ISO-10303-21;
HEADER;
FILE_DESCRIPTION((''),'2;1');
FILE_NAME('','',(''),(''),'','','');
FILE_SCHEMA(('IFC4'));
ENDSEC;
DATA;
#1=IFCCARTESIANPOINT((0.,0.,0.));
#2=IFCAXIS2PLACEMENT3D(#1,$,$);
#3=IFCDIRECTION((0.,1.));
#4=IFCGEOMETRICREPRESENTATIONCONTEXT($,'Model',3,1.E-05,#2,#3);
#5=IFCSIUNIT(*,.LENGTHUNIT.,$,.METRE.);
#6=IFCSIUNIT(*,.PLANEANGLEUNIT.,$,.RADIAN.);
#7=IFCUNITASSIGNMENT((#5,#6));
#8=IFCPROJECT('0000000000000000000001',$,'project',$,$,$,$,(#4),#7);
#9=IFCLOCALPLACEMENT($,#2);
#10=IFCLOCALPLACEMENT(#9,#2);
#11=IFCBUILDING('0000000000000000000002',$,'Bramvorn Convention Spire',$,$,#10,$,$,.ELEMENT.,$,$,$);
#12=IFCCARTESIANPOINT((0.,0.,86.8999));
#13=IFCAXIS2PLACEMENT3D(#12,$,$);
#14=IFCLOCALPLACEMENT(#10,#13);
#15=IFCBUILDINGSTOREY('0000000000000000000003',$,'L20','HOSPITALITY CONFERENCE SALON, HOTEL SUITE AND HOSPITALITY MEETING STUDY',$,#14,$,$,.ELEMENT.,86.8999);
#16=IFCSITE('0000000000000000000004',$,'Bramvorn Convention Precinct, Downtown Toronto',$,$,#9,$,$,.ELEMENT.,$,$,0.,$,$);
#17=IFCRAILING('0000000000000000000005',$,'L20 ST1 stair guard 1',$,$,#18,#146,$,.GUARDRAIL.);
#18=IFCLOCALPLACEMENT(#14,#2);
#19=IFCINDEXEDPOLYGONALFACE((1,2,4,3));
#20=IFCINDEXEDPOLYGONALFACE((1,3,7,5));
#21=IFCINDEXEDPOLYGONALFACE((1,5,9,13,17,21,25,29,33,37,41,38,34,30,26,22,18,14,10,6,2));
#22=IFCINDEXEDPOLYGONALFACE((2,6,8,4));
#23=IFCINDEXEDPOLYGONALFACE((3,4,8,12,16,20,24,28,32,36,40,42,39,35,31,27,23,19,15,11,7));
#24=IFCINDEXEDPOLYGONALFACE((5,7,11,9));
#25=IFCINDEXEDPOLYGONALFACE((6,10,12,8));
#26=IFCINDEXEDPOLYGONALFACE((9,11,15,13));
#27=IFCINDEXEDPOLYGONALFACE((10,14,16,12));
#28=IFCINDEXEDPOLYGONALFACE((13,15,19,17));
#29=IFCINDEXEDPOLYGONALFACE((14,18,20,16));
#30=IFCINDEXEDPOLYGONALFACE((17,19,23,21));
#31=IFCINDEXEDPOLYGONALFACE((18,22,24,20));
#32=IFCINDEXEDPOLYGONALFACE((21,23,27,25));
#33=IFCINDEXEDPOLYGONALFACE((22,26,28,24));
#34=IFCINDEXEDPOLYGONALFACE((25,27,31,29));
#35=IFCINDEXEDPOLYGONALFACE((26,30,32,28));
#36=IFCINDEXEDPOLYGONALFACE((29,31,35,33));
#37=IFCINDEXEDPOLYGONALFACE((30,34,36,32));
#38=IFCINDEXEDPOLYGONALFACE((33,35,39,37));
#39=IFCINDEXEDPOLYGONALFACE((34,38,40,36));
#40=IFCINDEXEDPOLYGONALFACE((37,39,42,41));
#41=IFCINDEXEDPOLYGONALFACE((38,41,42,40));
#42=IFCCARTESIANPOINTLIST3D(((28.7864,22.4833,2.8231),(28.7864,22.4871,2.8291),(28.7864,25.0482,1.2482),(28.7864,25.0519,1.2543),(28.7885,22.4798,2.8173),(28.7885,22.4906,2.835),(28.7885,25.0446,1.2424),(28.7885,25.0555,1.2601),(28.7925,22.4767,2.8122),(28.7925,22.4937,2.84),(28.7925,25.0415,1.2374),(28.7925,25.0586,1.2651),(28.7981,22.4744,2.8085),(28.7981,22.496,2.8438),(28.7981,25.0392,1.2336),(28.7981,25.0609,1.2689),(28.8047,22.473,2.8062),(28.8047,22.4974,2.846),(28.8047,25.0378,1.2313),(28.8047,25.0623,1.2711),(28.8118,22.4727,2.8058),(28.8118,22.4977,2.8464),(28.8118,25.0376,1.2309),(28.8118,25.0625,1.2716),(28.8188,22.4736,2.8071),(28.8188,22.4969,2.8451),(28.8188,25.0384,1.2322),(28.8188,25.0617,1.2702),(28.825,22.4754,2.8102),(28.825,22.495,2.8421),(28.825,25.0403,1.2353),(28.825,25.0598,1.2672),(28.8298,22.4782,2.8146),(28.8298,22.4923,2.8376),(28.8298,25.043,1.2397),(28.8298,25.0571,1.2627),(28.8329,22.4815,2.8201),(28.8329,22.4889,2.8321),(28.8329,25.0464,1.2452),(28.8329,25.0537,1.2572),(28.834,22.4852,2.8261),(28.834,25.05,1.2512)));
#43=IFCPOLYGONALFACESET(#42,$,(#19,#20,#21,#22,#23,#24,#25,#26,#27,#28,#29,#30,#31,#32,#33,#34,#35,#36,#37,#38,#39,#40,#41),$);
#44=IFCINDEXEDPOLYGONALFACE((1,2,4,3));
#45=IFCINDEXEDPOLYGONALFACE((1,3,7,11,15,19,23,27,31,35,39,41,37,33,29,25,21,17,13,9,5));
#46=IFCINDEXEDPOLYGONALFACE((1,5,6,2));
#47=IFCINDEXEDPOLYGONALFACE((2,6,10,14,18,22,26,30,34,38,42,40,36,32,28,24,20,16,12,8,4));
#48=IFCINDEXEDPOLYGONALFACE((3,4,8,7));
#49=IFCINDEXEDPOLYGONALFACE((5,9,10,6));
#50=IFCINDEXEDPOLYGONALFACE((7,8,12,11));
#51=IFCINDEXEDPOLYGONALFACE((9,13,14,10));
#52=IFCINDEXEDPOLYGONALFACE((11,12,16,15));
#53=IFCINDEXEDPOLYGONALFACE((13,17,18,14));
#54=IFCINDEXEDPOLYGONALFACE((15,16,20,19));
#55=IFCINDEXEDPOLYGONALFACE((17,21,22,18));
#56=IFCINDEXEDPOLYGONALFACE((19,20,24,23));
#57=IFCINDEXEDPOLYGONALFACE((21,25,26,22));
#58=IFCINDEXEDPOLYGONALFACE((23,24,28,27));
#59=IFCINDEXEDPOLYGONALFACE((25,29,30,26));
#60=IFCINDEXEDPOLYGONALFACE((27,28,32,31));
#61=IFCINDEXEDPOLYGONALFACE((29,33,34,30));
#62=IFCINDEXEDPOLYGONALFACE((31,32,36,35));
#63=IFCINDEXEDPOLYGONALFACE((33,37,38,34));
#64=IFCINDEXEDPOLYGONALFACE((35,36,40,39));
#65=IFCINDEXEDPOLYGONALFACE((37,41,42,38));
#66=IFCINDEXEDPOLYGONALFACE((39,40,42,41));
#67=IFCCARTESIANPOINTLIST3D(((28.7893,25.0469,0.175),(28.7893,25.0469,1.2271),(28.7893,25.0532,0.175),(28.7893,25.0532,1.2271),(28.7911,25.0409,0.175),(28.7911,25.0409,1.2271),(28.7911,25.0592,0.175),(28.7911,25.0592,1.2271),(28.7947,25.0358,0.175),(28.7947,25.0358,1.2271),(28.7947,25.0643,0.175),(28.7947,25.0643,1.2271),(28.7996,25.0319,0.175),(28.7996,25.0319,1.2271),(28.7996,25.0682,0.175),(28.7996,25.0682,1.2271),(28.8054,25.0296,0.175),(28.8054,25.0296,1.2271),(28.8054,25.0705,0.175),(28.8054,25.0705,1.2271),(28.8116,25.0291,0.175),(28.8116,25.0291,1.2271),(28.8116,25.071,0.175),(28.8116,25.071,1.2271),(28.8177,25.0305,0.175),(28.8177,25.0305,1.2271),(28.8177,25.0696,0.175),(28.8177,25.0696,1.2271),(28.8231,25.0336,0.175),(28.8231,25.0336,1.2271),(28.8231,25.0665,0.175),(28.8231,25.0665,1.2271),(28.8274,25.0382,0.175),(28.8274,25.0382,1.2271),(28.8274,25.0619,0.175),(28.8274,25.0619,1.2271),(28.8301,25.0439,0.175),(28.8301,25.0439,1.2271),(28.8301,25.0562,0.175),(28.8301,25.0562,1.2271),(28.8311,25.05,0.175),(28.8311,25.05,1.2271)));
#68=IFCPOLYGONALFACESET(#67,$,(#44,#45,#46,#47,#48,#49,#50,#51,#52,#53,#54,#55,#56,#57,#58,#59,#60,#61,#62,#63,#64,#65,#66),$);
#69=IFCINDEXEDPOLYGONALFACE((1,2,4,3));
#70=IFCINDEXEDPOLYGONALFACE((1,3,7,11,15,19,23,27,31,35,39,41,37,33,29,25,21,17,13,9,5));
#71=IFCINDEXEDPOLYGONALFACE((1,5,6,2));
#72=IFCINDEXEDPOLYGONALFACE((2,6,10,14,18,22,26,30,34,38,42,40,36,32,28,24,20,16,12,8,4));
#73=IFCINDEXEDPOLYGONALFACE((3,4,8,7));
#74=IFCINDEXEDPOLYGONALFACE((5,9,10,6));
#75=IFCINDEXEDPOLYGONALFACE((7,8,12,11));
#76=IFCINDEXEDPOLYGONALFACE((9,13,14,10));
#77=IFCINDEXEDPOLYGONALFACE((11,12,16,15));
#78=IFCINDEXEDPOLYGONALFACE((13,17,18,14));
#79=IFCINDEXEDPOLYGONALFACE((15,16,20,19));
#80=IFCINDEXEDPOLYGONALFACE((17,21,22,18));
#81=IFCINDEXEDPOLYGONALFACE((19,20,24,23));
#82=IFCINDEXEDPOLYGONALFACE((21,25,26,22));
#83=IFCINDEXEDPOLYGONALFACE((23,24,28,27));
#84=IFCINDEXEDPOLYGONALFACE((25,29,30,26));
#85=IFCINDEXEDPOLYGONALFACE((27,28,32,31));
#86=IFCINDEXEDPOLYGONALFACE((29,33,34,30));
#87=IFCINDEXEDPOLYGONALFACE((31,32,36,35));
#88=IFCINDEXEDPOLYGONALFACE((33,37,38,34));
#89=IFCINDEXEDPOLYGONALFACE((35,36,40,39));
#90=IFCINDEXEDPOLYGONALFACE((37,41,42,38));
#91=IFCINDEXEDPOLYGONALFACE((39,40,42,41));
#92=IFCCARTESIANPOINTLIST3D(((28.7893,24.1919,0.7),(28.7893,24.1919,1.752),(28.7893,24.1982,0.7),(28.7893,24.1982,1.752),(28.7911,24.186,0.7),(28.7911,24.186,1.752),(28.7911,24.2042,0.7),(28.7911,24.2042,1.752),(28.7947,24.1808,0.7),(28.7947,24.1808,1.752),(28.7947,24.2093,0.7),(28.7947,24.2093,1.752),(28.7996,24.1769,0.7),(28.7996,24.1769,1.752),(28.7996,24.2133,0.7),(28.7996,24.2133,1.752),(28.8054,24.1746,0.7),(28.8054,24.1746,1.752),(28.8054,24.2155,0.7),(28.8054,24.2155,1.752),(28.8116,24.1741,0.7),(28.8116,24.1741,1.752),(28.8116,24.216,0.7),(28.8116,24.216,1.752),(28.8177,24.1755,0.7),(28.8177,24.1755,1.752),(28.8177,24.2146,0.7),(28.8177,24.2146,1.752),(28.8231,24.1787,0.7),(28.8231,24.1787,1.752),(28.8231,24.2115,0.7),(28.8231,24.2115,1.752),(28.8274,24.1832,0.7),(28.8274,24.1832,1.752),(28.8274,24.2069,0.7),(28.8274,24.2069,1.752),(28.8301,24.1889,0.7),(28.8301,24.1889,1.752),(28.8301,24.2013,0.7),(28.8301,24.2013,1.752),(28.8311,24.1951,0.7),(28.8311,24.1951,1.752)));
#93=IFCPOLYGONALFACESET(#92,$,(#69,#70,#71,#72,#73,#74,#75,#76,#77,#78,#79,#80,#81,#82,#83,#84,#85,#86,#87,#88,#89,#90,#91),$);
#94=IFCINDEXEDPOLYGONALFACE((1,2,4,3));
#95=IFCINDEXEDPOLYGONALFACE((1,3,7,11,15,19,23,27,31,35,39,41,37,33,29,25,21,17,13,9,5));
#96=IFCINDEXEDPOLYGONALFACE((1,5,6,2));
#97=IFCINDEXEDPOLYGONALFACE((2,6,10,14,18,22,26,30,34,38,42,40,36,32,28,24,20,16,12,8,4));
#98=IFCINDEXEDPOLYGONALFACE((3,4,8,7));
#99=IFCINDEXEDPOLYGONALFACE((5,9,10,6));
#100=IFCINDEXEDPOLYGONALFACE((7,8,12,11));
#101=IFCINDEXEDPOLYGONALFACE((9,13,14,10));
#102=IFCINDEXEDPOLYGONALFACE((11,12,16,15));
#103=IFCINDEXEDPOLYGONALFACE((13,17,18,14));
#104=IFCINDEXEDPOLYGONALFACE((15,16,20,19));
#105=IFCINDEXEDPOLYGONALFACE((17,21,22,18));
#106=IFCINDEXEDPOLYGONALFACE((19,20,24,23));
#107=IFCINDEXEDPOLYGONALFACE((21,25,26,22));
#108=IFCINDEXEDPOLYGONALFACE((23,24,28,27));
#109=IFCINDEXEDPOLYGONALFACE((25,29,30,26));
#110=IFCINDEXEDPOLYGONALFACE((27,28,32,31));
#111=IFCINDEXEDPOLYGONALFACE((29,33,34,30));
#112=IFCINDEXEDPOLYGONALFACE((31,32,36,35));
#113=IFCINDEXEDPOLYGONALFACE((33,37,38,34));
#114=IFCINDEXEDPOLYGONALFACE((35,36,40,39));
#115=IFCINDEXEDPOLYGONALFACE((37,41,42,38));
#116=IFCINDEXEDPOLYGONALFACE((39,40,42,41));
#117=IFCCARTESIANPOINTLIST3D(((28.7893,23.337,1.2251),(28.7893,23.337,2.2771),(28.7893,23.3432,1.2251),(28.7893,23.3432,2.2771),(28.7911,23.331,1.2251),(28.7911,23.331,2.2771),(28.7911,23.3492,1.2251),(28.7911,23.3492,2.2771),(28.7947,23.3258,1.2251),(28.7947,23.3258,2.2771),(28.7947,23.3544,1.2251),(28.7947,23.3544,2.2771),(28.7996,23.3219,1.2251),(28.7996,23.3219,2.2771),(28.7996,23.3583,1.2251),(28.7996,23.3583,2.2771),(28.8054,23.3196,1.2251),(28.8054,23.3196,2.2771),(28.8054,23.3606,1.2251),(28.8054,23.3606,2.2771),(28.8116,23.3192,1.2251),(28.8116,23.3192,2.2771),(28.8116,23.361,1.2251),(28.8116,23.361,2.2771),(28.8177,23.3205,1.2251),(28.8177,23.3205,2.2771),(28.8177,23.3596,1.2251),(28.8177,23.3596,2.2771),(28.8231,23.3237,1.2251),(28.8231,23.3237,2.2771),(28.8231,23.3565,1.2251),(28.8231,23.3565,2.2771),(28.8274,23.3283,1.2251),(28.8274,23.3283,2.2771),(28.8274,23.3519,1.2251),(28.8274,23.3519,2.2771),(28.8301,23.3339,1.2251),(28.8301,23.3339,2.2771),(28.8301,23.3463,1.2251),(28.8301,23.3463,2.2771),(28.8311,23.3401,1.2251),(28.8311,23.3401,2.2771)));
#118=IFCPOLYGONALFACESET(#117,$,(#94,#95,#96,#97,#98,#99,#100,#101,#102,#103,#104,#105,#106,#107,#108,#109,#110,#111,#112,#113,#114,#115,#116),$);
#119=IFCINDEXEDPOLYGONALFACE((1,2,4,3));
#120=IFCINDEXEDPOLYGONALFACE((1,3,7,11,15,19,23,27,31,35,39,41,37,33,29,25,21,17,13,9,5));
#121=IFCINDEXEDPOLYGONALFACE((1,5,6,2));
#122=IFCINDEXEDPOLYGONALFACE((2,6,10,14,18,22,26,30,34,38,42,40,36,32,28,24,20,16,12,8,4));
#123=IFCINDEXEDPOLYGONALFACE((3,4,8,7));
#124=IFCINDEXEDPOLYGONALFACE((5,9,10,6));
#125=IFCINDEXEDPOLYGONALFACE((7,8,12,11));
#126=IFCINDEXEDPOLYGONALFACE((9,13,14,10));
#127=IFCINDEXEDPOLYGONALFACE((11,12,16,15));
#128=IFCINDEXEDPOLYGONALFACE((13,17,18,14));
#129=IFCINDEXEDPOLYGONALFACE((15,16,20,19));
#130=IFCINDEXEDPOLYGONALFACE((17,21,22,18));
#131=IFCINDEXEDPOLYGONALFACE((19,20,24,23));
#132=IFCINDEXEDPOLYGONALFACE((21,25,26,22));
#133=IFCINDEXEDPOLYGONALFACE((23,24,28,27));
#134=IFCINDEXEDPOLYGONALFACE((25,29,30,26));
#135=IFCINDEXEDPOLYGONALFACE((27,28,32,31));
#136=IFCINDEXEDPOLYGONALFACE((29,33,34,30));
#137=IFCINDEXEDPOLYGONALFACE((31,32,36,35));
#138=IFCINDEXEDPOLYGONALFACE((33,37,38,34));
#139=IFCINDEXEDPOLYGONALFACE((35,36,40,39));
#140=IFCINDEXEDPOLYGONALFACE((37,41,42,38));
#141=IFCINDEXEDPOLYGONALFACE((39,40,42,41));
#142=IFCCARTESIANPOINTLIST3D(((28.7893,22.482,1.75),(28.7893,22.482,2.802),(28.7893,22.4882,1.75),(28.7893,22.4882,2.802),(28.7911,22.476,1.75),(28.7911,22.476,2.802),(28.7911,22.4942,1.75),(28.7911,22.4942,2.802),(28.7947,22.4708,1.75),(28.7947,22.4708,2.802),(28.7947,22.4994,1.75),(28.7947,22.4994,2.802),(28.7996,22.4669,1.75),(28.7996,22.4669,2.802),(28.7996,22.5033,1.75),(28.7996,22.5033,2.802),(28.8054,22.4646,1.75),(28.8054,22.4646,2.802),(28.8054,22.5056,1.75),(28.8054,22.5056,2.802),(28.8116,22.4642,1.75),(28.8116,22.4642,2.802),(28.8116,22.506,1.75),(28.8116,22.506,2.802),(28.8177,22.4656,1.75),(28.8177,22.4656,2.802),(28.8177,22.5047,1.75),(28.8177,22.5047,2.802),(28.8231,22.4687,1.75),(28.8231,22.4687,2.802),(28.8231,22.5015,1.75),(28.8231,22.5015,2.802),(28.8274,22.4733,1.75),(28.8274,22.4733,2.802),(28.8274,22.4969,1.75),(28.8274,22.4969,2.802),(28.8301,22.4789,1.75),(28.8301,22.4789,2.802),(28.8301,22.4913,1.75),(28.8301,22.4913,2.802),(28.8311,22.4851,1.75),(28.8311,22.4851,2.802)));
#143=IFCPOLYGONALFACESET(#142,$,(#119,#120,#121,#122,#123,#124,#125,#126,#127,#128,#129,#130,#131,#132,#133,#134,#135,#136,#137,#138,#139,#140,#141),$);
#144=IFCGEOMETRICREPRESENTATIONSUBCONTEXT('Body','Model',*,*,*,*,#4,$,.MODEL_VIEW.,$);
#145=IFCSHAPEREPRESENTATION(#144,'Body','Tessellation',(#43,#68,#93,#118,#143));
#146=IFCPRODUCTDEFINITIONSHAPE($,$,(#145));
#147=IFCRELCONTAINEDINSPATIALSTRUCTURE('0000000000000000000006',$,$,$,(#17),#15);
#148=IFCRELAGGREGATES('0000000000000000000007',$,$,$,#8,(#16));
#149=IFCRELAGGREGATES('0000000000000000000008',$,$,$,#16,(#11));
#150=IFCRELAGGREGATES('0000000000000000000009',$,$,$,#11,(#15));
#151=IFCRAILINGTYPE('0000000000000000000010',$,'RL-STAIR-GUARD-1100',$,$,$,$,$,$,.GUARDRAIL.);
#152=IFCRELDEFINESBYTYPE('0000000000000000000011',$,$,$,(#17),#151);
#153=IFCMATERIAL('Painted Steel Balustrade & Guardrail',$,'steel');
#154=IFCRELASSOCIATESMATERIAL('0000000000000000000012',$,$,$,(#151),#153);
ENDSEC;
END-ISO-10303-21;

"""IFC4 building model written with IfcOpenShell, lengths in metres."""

from ifc_helpers import new_model, si_unit, direction, frame, origin, origin_2d, place, context, subcontext, project, spatial, circle, extrude, material, type_object, element, save


model = new_model("IFC4")

# Units and contexts
model_context = context("Model", 3, precision=1e-05, world=origin(), true_north=direction((0.0, 1.0)))
body_context = subcontext(model_context, "Body", "Model", "MODEL_VIEW")
ifc_project = project(units=[si_unit("LENGTHUNIT", "METRE"), si_unit("PLANEANGLEUNIT", "RADIAN")], contexts=[model_context])

# Site, building, storey
site_placement = place(None, origin())
site = spatial("IfcSite", under=ifc_project, at=site_placement, Name="Bramvorn Convention Precinct, Downtown Toronto", CompositionType="ELEMENT", RefElevation=0.0)
building_placement = place(site_placement, origin())
building = spatial("IfcBuilding", under=site, at=building_placement, Name="Bramvorn Convention Spire", CompositionType="ELEMENT")
storey_placement = place(building_placement, frame((0.0, 0.0, 86.8999)))
storey = spatial("IfcBuildingStorey", under=building, at=storey_placement, Name="L20", Description="HOSPITALITY CONFERENCE SALON, HOTEL SUITE AND HOSPITALITY MEETING STUDY", CompositionType="ELEMENT", Elevation=86.8999)

# Railing
ifc_material_1 = material(Name="Painted Steel Balustrade & Guardrail", Category="steel")
railing_type_1 = type_object("IfcRailingType", Name="RL-STAIR-GUARD-1100", PredefinedType="GUARDRAIL", material=ifc_material_1)
railing_1_placement = place(storey_placement, frame((28.8101, 25.05, 0.175)))
element("IfcRailing", 1, at=railing_1_placement, inside=storey, type_object=railing_type_1, Name="L20 ST1 stair guard 1", PredefinedType="GUARDRAIL", context=body_context, shape_type="SweptSolid", body=[
    extrude(circle(Radius=0.0239, at=origin_2d()), frame((0.0, 0.0, 1.0762), z_axis=(0.0, -0.852173, 0.52326), x_axis=(1.0, 0.0, 0.0)), (0.0, 0.0, 1.0), 3.0098),
    extrude(circle(Radius=0.021, at=origin_2d()), origin(), (0.0, 0.0, 1.0), 1.052),
    extrude(circle(Radius=0.021, at=origin_2d()), frame((0.0, -0.855, 0.5249)), (0.0, 0.0, 1.0), 1.052),
    extrude(circle(Radius=0.021, at=origin_2d()), frame((0.0, -1.71, 1.05)), (0.0, 0.0, 1.0), 1.052),
    extrude(circle(Radius=0.021, at=origin_2d()), frame((0.0, -2.5649, 1.575)), (0.0, 0.0, 1.0), 1.052),
])

save(model, "model.ifc")
